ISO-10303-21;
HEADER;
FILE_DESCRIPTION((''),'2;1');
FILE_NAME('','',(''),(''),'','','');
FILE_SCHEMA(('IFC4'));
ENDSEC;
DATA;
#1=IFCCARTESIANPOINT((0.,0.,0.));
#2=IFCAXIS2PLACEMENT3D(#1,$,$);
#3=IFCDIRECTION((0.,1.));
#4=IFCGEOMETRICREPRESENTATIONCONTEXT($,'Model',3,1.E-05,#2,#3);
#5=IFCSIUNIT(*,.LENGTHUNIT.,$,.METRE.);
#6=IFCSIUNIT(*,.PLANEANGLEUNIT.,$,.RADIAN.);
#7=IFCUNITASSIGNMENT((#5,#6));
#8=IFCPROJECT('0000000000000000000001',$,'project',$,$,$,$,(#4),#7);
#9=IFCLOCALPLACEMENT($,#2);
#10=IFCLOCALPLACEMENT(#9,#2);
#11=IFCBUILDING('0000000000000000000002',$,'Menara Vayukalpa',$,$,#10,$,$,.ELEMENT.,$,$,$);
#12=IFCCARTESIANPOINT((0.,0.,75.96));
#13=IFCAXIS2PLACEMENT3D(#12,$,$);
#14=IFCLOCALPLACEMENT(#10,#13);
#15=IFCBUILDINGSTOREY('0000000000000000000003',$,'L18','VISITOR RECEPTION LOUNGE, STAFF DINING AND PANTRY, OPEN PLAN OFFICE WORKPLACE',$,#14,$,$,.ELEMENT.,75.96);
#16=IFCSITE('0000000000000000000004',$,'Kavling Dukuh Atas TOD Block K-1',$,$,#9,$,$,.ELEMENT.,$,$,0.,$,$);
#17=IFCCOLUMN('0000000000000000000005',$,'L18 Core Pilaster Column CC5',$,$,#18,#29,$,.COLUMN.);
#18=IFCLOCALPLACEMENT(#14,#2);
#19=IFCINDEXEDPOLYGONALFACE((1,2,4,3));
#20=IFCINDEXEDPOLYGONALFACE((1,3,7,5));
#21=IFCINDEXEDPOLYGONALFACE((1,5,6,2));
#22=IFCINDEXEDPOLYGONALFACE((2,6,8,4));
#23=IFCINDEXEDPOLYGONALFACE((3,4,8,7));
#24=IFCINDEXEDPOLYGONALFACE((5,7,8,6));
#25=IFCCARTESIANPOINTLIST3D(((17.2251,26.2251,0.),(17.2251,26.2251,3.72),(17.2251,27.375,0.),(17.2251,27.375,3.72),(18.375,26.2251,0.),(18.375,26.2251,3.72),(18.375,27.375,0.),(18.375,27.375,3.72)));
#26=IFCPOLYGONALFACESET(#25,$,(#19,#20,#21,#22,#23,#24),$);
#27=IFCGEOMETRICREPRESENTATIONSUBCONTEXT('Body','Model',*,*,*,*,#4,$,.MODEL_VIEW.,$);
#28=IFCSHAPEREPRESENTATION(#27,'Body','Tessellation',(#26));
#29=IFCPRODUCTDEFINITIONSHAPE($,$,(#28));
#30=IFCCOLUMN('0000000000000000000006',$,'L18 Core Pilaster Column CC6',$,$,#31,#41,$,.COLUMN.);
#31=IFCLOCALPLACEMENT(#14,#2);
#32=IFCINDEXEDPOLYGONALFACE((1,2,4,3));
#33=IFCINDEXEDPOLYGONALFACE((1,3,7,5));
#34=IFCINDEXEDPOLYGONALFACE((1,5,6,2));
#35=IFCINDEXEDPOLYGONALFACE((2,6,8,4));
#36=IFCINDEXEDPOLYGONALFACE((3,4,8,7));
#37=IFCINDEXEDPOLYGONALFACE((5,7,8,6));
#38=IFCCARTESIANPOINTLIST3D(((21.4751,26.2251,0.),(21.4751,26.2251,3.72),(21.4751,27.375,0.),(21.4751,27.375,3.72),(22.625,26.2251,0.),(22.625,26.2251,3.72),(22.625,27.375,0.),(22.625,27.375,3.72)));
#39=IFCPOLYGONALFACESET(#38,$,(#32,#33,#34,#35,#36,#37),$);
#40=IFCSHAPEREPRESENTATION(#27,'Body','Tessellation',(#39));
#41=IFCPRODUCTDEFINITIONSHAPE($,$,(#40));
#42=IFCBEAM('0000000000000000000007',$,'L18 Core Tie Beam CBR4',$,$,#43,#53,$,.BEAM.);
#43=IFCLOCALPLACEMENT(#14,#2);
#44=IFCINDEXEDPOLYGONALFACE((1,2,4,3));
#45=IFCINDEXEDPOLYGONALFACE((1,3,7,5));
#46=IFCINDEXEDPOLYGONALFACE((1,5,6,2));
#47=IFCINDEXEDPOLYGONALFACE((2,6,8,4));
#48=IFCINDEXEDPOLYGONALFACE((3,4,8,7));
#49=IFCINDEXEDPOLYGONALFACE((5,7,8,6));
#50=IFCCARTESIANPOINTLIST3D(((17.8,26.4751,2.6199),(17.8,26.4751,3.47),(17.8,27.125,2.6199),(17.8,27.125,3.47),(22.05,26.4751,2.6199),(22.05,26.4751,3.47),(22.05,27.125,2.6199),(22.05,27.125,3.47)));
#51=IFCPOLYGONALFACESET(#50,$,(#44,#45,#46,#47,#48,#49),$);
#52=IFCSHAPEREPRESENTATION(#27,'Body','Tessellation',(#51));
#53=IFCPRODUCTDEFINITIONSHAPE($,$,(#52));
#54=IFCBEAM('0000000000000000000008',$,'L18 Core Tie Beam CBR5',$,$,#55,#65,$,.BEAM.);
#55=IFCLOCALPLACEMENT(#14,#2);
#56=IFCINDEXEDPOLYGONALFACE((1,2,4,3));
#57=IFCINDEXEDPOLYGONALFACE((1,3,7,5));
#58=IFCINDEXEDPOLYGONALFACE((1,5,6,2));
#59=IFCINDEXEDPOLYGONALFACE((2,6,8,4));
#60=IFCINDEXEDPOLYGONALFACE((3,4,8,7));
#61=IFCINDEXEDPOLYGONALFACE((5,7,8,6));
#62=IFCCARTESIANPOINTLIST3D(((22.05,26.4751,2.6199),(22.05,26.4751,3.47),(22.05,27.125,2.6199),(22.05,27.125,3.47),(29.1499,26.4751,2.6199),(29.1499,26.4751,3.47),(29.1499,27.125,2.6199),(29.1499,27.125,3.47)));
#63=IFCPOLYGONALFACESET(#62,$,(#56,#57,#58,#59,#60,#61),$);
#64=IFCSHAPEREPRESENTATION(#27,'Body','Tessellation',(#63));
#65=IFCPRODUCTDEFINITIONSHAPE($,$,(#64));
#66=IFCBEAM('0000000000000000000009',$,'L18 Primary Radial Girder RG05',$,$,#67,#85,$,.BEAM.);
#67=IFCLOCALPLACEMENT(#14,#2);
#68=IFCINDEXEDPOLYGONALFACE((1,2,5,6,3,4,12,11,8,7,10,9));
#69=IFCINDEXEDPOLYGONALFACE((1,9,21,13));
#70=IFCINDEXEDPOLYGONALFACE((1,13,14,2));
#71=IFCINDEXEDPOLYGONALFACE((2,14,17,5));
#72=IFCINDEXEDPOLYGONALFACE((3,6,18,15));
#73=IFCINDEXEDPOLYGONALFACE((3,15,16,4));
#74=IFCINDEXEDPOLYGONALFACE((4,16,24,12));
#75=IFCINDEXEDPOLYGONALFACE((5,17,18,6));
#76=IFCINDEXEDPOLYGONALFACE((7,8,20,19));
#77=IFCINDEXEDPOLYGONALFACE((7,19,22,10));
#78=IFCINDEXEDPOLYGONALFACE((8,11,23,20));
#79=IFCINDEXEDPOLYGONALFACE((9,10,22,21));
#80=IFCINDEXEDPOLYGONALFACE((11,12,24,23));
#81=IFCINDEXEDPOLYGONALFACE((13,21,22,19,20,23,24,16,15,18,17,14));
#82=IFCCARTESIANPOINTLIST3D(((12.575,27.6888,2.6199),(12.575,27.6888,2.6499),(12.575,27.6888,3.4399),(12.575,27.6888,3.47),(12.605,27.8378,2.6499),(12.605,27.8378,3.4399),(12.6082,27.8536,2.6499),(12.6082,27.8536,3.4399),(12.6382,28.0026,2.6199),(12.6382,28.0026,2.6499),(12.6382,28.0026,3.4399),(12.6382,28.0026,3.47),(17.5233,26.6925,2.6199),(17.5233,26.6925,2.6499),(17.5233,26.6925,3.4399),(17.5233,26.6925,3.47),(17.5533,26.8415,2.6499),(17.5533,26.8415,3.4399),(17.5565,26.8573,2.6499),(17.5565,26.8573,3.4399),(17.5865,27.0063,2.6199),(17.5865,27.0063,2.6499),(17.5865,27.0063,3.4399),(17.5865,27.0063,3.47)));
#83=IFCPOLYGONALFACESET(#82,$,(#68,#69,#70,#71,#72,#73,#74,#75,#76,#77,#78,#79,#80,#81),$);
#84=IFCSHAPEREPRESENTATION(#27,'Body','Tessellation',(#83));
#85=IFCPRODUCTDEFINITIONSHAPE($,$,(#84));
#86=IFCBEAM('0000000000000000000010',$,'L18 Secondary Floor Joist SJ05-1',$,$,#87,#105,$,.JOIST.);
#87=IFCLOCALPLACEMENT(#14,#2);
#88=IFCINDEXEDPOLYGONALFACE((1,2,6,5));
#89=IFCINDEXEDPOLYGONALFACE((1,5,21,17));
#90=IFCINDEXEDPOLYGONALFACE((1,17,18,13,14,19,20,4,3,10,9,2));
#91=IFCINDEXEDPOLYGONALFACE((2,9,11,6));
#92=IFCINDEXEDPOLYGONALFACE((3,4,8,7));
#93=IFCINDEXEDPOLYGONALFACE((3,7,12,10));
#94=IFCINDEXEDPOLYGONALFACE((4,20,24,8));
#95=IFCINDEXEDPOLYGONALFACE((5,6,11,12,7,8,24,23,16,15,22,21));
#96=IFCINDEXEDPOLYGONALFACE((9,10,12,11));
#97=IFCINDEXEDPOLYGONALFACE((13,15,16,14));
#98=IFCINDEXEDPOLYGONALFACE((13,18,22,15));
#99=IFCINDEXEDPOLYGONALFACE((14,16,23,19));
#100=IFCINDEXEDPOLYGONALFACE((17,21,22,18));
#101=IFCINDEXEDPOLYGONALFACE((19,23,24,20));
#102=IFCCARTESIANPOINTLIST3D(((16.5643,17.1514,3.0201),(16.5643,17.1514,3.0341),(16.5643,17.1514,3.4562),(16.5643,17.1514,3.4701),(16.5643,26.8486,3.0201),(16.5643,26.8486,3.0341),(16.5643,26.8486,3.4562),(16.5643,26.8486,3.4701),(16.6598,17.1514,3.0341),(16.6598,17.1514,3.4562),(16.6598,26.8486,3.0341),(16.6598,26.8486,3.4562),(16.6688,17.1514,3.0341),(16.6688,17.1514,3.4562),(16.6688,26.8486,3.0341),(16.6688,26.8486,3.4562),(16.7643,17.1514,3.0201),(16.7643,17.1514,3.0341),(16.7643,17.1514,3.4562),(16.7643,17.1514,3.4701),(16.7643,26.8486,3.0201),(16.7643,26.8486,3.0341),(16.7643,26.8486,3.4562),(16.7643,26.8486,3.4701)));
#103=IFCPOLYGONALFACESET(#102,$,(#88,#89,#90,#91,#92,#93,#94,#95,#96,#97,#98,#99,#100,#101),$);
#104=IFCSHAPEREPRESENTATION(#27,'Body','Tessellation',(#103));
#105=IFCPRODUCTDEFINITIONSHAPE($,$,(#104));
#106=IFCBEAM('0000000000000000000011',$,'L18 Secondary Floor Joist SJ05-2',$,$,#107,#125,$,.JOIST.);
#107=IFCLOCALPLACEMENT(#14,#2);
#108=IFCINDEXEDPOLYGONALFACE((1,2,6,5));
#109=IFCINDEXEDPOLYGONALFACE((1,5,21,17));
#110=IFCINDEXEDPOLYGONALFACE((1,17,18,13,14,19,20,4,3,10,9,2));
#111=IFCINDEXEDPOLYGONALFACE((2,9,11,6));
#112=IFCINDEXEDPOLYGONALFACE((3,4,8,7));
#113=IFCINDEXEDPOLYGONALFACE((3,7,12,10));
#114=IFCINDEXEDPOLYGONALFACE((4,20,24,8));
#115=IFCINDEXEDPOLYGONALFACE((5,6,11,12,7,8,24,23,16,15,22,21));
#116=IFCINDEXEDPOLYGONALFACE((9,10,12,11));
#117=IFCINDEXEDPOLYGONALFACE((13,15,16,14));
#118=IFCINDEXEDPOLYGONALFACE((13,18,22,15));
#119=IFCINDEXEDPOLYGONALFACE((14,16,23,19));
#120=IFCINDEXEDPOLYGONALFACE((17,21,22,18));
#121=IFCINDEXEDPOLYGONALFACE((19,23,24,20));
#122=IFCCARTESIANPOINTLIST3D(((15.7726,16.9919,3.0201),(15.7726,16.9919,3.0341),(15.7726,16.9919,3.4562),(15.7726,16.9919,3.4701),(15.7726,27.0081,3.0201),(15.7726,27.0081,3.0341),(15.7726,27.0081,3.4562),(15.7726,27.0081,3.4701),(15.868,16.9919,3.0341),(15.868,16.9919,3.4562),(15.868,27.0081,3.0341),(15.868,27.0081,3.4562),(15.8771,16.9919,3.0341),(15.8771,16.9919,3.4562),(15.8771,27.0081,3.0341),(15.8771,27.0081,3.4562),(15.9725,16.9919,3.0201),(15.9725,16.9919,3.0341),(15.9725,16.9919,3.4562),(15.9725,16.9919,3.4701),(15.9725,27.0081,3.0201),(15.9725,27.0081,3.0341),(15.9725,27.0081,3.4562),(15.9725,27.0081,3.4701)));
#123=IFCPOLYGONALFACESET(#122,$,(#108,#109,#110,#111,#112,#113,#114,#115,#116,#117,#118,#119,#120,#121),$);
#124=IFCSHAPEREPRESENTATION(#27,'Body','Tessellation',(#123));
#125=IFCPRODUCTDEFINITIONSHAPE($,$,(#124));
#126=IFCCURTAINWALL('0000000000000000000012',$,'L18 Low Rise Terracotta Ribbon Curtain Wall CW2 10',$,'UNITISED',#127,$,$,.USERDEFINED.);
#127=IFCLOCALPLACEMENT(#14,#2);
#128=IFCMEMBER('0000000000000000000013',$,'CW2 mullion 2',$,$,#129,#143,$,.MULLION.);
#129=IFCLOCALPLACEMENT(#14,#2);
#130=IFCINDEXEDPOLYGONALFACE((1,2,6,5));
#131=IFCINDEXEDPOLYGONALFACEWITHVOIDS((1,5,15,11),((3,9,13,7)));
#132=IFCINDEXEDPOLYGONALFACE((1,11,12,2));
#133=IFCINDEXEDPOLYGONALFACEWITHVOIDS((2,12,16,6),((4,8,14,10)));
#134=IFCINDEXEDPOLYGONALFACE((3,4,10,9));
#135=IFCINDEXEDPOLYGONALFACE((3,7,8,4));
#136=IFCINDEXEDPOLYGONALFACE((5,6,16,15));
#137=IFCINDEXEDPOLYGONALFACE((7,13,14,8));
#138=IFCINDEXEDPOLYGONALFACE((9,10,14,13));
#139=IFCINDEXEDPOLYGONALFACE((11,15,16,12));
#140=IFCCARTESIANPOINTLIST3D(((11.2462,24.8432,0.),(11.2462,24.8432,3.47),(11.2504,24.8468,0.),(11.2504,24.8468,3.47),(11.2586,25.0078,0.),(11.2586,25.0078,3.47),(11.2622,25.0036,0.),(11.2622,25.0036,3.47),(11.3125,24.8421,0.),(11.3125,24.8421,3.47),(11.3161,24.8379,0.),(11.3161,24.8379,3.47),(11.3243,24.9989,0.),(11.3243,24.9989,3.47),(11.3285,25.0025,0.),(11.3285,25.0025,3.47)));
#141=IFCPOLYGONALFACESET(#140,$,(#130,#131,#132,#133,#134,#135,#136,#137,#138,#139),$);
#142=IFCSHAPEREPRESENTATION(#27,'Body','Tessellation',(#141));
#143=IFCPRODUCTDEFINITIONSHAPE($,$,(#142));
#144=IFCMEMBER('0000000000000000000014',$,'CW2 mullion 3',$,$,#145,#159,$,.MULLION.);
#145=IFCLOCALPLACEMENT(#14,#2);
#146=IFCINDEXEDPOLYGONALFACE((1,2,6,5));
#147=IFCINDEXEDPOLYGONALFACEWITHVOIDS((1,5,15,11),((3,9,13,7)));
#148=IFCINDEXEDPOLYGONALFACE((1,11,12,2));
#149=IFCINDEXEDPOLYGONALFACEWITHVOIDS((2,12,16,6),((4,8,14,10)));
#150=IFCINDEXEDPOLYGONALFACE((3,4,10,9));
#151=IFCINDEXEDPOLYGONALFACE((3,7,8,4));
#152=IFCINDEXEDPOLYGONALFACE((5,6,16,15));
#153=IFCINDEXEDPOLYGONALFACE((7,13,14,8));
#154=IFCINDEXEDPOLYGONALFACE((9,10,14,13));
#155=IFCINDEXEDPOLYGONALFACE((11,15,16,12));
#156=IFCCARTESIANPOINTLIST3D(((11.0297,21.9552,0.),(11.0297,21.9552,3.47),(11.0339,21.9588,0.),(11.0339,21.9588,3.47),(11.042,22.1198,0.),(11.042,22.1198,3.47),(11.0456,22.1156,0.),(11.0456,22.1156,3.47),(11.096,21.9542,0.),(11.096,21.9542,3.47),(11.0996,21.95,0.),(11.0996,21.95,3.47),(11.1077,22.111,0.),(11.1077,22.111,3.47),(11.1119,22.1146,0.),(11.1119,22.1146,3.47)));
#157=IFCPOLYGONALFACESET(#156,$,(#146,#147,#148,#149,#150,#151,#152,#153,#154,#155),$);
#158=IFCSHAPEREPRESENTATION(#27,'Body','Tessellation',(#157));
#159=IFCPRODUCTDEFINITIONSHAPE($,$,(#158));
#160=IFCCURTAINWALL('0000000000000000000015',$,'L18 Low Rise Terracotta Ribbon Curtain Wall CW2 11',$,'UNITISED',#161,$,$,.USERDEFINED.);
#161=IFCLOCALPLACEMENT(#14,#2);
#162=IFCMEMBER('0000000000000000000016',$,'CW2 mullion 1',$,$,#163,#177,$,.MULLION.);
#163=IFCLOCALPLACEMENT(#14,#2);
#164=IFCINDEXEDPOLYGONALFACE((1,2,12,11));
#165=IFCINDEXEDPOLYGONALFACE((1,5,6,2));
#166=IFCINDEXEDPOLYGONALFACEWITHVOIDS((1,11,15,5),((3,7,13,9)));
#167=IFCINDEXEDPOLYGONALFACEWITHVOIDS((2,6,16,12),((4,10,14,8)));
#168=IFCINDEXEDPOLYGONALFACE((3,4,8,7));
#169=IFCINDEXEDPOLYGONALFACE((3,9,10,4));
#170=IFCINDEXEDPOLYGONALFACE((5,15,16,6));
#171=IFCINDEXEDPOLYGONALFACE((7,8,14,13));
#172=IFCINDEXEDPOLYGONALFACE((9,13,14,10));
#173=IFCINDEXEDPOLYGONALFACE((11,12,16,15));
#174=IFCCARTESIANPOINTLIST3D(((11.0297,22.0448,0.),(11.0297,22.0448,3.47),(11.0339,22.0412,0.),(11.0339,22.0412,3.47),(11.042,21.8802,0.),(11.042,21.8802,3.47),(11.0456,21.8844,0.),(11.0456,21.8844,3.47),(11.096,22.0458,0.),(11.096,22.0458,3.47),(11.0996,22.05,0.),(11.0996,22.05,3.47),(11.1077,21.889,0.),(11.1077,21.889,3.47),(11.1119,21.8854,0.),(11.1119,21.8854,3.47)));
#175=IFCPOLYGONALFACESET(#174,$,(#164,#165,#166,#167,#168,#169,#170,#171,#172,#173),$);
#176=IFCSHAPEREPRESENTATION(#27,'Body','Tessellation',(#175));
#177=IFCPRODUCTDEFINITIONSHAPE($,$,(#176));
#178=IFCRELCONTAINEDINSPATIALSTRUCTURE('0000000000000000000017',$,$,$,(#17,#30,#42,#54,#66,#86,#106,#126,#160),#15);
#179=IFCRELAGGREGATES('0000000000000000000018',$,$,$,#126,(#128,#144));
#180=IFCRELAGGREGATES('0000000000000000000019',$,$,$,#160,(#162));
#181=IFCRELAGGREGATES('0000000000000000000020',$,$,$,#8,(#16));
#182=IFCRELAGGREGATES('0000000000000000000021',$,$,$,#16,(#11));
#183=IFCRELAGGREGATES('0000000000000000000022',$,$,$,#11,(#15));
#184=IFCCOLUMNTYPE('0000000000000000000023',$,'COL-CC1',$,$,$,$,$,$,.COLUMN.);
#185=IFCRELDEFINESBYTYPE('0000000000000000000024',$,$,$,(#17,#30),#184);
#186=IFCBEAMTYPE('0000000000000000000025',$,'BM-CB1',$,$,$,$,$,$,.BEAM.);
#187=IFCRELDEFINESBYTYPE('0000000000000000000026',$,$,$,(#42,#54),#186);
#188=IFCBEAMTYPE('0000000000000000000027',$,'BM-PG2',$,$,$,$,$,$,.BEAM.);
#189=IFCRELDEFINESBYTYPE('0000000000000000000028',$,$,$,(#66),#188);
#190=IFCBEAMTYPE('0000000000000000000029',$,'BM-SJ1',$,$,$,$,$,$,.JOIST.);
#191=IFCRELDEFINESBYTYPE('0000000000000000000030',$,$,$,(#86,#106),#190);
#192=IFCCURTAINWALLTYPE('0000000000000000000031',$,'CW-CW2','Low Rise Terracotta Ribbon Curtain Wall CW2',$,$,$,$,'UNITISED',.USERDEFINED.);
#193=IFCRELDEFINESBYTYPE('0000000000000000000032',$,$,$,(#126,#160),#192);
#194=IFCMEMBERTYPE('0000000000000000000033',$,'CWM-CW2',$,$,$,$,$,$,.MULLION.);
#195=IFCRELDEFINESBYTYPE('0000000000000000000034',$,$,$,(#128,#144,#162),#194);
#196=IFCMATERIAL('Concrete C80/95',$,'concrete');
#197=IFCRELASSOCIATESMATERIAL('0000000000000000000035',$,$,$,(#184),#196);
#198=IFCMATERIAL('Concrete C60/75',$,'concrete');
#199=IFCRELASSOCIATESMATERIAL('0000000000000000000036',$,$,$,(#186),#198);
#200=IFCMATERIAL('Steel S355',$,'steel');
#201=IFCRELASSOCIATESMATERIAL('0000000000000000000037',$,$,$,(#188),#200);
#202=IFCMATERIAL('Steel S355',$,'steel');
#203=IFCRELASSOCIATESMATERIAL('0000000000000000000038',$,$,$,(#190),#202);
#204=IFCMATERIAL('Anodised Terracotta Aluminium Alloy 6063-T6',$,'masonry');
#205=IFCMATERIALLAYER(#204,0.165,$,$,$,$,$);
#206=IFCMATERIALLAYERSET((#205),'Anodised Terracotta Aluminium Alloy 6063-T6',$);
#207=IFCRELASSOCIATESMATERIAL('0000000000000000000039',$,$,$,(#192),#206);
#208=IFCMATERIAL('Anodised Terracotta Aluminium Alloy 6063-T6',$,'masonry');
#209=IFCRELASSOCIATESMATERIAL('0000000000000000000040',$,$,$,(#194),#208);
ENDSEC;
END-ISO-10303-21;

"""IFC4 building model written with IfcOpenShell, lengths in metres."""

from ifc_helpers import new_model, si_unit, direction, frame, origin, origin_2d, place, context, subcontext, project, spatial, rectangle, hollow_rectangle, i_section, extrude, material, layer, layer_set, material_profile, profile_set, type_object, element, aggregate, save


model = new_model("IFC4")

# Units and contexts
model_context = context("Model", 3, precision=1e-05, world=origin(), true_north=direction((0.0, 1.0)))
body_context = subcontext(model_context, "Body", "Model", "MODEL_VIEW")
ifc_project = project(units=[si_unit("LENGTHUNIT", "METRE"), si_unit("PLANEANGLEUNIT", "RADIAN")], contexts=[model_context])

# Site, building, storey
site_placement = place(None, origin())
site = spatial("IfcSite", under=ifc_project, at=site_placement, Name="Kavling Dukuh Atas TOD Block K-1", CompositionType="ELEMENT", RefElevation=0.0)
building_placement = place(site_placement, origin())
building = spatial("IfcBuilding", under=site, at=building_placement, Name="Menara Vayukalpa", CompositionType="ELEMENT")
storey_placement = place(building_placement, frame((0.0, 0.0, 75.96)))
storey = spatial("IfcBuildingStorey", under=building, at=storey_placement, Name="L18", Description="VISITOR RECEPTION LOUNGE, STAFF DINING AND PANTRY, OPEN PLAN OFFICE WORKPLACE", CompositionType="ELEMENT", Elevation=75.96)

# Columns
ifc_material_1 = material(Name="Concrete C80/95", Category="concrete")
ifc_material_profile_1 = material_profile(ifc_material_1, rectangle(XDim=1.1499, YDim=1.1499, at=origin_2d()), Name="RC 1150x1150")
ifc_profile_set_1 = profile_set([ifc_material_profile_1], Name="Concrete C80/95")
column_type = type_object("IfcColumnType", Name="COL-CC1", PredefinedType="COLUMN", material=ifc_profile_set_1)
for number, where, z_axis, x_axis, name in (
    (1, (17.8, 26.8, 0.0), (0.0, 0.0, 1.0), (1.0, 0.0, 0.0), "L18 Core Pilaster Column CC5"),
    (2, (22.05, 26.8, 0.0), (0.0, 0.0, 1.0), (1.0, 0.0, 0.0), "L18 Core Pilaster Column CC6"),
):
    element("IfcColumn", number, at=place(storey_placement, frame(where, z_axis=z_axis, x_axis=x_axis)), inside=storey, type_object=column_type, Name=name, PredefinedType="COLUMN", context=body_context, shape_type="SweptSolid", body=[
        extrude(rectangle(XDim=1.1499, YDim=1.1499, at=origin_2d()), origin(), (0.0, 0.0, 1.0), 3.72),
    ])

# Beams
ifc_material_2 = material(Name="Concrete C60/75", Category="concrete")
ifc_material_profile_2 = material_profile(ifc_material_2, rectangle(XDim=0.6499, YDim=0.8501, at=origin_2d()), Name="RC 650x850")
ifc_profile_set_2 = profile_set([ifc_material_profile_2], Name="Concrete C60/75")
beam_type_1 = type_object("IfcBeamType", Name="BM-CB1", PredefinedType="BEAM", material=ifc_profile_set_2)
beam_1_placement = place(storey_placement, frame((17.8, 26.8, 3.0449), z_axis=(1.0, 0.0, 0.0), x_axis=(0.0, 1.0, 0.0)))
element("IfcBeam", 3, at=beam_1_placement, inside=storey, type_object=beam_type_1, Name="L18 Core Tie Beam CBR4", PredefinedType="BEAM", context=body_context, shape_type="SweptSolid", body=[
    extrude(rectangle(XDim=0.6499, YDim=0.8501, at=origin_2d()), origin(), (0.0, 0.0, 1.0), 4.25),
])
beam_2_placement = place(storey_placement, frame((22.05, 26.8, 3.0449), z_axis=(1.0, 0.0, 0.0), x_axis=(0.0, 1.0, 0.0)))
element("IfcBeam", 4, at=beam_2_placement, inside=storey, type_object=beam_type_1, Name="L18 Core Tie Beam CBR5", PredefinedType="BEAM", context=body_context, shape_type="SweptSolid", body=[
    extrude(rectangle(XDim=0.6499, YDim=0.8501, at=origin_2d()), origin(), (0.0, 0.0, 1.0), 7.0999),
])
ifc_material_3 = material(Name="Steel S355", Category="steel")
ifc_material_profile_3 = material_profile(ifc_material_3, i_section(OverallWidth=0.3201, OverallDepth=0.8501, WebThickness=0.0161, FlangeThickness=0.03, at=origin_2d()), Name="WF 850x320x16x30")
ifc_profile_set_3 = profile_set([ifc_material_profile_3], Name="Steel S355")
beam_type_2 = type_object("IfcBeamType", Name="BM-PG2", PredefinedType="BEAM", material=ifc_profile_set_3)
beam_3_placement = place(storey_placement, frame((17.5549, 26.8494, 3.0449), z_axis=(-0.980325, 0.19739, 0.0), x_axis=(-0.19739, -0.980325, 0.0)))
element("IfcBeam", 5, at=beam_3_placement, inside=storey, type_object=beam_type_2, Name="L18 Primary Radial Girder RG05", PredefinedType="BEAM", context=body_context, shape_type="SweptSolid", body=[
    extrude(i_section(OverallWidth=0.3201, OverallDepth=0.8501, WebThickness=0.0161, FlangeThickness=0.03, at=origin_2d()), origin(), (0.0, 0.0, 1.0), 5.0476),
])
ifc_material_4 = material(Name="Steel S355", Category="steel")
ifc_material_profile_4 = material_profile(ifc_material_4, i_section(OverallWidth=0.2, OverallDepth=0.45, WebThickness=0.009, FlangeThickness=0.0139, at=origin_2d()), Name="WF 450x200x9x14")
ifc_profile_set_4 = profile_set([ifc_material_profile_4], Name="Steel S355")
beam_type_3 = type_object("IfcBeamType", Name="BM-SJ1", PredefinedType="JOIST", material=ifc_profile_set_4)
beam_4_placement = place(storey_placement, frame((16.6643, 26.8486, 3.2451), z_axis=(0.0, -1.0, 0.0), x_axis=(1.0, 0.0, 0.0)))
element("IfcBeam", 6, at=beam_4_placement, inside=storey, type_object=beam_type_3, Name="L18 Secondary Floor Joist SJ05-1", PredefinedType="JOIST", context=body_context, shape_type="SweptSolid", body=[
    extrude(i_section(OverallWidth=0.2, OverallDepth=0.45, WebThickness=0.009, FlangeThickness=0.0139, at=origin_2d()), origin(), (0.0, 0.0, 1.0), 9.6973),
])
beam_5_placement = place(storey_placement, frame((15.8726, 27.0081, 3.2451), z_axis=(0.0, -1.0, 0.0), x_axis=(1.0, 0.0, 0.0)))
element("IfcBeam", 7, at=beam_5_placement, inside=storey, type_object=beam_type_3, Name="L18 Secondary Floor Joist SJ05-2", PredefinedType="JOIST", context=body_context, shape_type="SweptSolid", body=[
    extrude(i_section(OverallWidth=0.2, OverallDepth=0.45, WebThickness=0.009, FlangeThickness=0.0139, at=origin_2d()), origin(), (0.0, 0.0, 1.0), 10.0161),
])

# Curtain wall, members
ifc_material_5 = material(Name="Anodised Terracotta Aluminium Alloy 6063-T6", Category="masonry")
ifc_layer_1 = layer(ifc_material_5, 0.165)
ifc_layer_set_1 = layer_set([ifc_layer_1], Name="Anodised Terracotta Aluminium Alloy 6063-T6")
curtain_wall_type = type_object("IfcCurtainWallType", Name="CW-CW2", Description="Low Rise Terracotta Ribbon Curtain Wall CW2", ElementType="UNITISED", PredefinedType="USERDEFINED", material=ifc_layer_set_1)
curtain_wall_1_placement = place(storey_placement, origin())
curtain_wall_1 = element("IfcCurtainWall", 8, at=curtain_wall_1_placement, inside=storey, type_object=curtain_wall_type, Name="L18 Low Rise Terracotta Ribbon Curtain Wall CW2 10", ObjectType="UNITISED", PredefinedType="USERDEFINED")
ifc_material_6 = material(Name="Anodised Terracotta Aluminium Alloy 6063-T6", Category="masonry")
ifc_material_profile_5 = material_profile(ifc_material_6, hollow_rectangle(XDim=0.0701, YDim=0.165, WallThickness=0.0039, at=origin_2d()), Name="ALU 70x165x4")
ifc_profile_set_5 = profile_set([ifc_material_profile_5], Name="Anodised Terracotta Aluminium Alloy 6063-T6")
member_type_1 = type_object("IfcMemberType", Name="CWM-CW2", PredefinedType="MULLION", material=ifc_profile_set_5)
member_1_placement = place(storey_placement, frame((11.2874, 24.9229, 0.0), z_axis=(0.0, 0.0, 1.0), x_axis=(0.9972, -0.074785, 0.0)))
member_1 = element("IfcMember", 9, at=member_1_placement, type_object=member_type_1, Name="CW2 mullion 2", PredefinedType="MULLION", context=body_context, shape_type="SweptSolid", body=[
    extrude(hollow_rectangle(XDim=0.0701, YDim=0.165, WallThickness=0.0039, at=origin_2d()), origin(), (0.0, 0.0, 1.0), 3.47),
])
member_2_placement = place(storey_placement, frame((11.0708, 22.0349, 0.0), z_axis=(0.0, 0.0, 1.0), x_axis=(0.9972, -0.074785, 0.0)))
member_2 = element("IfcMember", 10, at=member_2_placement, type_object=member_type_1, Name="CW2 mullion 3", PredefinedType="MULLION", context=body_context, shape_type="SweptSolid", body=[
    extrude(hollow_rectangle(XDim=0.0701, YDim=0.165, WallThickness=0.0039, at=origin_2d()), origin(), (0.0, 0.0, 1.0), 3.47),
])

# Curtain wall, member
curtain_wall_2_placement = place(storey_placement, origin())
curtain_wall_2 = element("IfcCurtainWall", 11, at=curtain_wall_2_placement, inside=storey, type_object=curtain_wall_type, Name="L18 Low Rise Terracotta Ribbon Curtain Wall CW2 11", ObjectType="UNITISED", PredefinedType="USERDEFINED")
member_3_placement = place(storey_placement, frame((11.0708, 21.9651, 0.0), z_axis=(0.0, 0.0, 1.0), x_axis=(0.9972, 0.074785, 0.0)))
member_3 = element("IfcMember", 12, at=member_3_placement, type_object=member_type_1, Name="CW2 mullion 1", PredefinedType="MULLION", context=body_context, shape_type="SweptSolid", body=[
    extrude(hollow_rectangle(XDim=0.0701, YDim=0.165, WallThickness=0.0039, at=origin_2d()), origin(), (0.0, 0.0, 1.0), 3.47),
])

aggregate(curtain_wall_1, [member_1, member_2])
aggregate(curtain_wall_2, [member_3])

save(model, "model.ifc")
